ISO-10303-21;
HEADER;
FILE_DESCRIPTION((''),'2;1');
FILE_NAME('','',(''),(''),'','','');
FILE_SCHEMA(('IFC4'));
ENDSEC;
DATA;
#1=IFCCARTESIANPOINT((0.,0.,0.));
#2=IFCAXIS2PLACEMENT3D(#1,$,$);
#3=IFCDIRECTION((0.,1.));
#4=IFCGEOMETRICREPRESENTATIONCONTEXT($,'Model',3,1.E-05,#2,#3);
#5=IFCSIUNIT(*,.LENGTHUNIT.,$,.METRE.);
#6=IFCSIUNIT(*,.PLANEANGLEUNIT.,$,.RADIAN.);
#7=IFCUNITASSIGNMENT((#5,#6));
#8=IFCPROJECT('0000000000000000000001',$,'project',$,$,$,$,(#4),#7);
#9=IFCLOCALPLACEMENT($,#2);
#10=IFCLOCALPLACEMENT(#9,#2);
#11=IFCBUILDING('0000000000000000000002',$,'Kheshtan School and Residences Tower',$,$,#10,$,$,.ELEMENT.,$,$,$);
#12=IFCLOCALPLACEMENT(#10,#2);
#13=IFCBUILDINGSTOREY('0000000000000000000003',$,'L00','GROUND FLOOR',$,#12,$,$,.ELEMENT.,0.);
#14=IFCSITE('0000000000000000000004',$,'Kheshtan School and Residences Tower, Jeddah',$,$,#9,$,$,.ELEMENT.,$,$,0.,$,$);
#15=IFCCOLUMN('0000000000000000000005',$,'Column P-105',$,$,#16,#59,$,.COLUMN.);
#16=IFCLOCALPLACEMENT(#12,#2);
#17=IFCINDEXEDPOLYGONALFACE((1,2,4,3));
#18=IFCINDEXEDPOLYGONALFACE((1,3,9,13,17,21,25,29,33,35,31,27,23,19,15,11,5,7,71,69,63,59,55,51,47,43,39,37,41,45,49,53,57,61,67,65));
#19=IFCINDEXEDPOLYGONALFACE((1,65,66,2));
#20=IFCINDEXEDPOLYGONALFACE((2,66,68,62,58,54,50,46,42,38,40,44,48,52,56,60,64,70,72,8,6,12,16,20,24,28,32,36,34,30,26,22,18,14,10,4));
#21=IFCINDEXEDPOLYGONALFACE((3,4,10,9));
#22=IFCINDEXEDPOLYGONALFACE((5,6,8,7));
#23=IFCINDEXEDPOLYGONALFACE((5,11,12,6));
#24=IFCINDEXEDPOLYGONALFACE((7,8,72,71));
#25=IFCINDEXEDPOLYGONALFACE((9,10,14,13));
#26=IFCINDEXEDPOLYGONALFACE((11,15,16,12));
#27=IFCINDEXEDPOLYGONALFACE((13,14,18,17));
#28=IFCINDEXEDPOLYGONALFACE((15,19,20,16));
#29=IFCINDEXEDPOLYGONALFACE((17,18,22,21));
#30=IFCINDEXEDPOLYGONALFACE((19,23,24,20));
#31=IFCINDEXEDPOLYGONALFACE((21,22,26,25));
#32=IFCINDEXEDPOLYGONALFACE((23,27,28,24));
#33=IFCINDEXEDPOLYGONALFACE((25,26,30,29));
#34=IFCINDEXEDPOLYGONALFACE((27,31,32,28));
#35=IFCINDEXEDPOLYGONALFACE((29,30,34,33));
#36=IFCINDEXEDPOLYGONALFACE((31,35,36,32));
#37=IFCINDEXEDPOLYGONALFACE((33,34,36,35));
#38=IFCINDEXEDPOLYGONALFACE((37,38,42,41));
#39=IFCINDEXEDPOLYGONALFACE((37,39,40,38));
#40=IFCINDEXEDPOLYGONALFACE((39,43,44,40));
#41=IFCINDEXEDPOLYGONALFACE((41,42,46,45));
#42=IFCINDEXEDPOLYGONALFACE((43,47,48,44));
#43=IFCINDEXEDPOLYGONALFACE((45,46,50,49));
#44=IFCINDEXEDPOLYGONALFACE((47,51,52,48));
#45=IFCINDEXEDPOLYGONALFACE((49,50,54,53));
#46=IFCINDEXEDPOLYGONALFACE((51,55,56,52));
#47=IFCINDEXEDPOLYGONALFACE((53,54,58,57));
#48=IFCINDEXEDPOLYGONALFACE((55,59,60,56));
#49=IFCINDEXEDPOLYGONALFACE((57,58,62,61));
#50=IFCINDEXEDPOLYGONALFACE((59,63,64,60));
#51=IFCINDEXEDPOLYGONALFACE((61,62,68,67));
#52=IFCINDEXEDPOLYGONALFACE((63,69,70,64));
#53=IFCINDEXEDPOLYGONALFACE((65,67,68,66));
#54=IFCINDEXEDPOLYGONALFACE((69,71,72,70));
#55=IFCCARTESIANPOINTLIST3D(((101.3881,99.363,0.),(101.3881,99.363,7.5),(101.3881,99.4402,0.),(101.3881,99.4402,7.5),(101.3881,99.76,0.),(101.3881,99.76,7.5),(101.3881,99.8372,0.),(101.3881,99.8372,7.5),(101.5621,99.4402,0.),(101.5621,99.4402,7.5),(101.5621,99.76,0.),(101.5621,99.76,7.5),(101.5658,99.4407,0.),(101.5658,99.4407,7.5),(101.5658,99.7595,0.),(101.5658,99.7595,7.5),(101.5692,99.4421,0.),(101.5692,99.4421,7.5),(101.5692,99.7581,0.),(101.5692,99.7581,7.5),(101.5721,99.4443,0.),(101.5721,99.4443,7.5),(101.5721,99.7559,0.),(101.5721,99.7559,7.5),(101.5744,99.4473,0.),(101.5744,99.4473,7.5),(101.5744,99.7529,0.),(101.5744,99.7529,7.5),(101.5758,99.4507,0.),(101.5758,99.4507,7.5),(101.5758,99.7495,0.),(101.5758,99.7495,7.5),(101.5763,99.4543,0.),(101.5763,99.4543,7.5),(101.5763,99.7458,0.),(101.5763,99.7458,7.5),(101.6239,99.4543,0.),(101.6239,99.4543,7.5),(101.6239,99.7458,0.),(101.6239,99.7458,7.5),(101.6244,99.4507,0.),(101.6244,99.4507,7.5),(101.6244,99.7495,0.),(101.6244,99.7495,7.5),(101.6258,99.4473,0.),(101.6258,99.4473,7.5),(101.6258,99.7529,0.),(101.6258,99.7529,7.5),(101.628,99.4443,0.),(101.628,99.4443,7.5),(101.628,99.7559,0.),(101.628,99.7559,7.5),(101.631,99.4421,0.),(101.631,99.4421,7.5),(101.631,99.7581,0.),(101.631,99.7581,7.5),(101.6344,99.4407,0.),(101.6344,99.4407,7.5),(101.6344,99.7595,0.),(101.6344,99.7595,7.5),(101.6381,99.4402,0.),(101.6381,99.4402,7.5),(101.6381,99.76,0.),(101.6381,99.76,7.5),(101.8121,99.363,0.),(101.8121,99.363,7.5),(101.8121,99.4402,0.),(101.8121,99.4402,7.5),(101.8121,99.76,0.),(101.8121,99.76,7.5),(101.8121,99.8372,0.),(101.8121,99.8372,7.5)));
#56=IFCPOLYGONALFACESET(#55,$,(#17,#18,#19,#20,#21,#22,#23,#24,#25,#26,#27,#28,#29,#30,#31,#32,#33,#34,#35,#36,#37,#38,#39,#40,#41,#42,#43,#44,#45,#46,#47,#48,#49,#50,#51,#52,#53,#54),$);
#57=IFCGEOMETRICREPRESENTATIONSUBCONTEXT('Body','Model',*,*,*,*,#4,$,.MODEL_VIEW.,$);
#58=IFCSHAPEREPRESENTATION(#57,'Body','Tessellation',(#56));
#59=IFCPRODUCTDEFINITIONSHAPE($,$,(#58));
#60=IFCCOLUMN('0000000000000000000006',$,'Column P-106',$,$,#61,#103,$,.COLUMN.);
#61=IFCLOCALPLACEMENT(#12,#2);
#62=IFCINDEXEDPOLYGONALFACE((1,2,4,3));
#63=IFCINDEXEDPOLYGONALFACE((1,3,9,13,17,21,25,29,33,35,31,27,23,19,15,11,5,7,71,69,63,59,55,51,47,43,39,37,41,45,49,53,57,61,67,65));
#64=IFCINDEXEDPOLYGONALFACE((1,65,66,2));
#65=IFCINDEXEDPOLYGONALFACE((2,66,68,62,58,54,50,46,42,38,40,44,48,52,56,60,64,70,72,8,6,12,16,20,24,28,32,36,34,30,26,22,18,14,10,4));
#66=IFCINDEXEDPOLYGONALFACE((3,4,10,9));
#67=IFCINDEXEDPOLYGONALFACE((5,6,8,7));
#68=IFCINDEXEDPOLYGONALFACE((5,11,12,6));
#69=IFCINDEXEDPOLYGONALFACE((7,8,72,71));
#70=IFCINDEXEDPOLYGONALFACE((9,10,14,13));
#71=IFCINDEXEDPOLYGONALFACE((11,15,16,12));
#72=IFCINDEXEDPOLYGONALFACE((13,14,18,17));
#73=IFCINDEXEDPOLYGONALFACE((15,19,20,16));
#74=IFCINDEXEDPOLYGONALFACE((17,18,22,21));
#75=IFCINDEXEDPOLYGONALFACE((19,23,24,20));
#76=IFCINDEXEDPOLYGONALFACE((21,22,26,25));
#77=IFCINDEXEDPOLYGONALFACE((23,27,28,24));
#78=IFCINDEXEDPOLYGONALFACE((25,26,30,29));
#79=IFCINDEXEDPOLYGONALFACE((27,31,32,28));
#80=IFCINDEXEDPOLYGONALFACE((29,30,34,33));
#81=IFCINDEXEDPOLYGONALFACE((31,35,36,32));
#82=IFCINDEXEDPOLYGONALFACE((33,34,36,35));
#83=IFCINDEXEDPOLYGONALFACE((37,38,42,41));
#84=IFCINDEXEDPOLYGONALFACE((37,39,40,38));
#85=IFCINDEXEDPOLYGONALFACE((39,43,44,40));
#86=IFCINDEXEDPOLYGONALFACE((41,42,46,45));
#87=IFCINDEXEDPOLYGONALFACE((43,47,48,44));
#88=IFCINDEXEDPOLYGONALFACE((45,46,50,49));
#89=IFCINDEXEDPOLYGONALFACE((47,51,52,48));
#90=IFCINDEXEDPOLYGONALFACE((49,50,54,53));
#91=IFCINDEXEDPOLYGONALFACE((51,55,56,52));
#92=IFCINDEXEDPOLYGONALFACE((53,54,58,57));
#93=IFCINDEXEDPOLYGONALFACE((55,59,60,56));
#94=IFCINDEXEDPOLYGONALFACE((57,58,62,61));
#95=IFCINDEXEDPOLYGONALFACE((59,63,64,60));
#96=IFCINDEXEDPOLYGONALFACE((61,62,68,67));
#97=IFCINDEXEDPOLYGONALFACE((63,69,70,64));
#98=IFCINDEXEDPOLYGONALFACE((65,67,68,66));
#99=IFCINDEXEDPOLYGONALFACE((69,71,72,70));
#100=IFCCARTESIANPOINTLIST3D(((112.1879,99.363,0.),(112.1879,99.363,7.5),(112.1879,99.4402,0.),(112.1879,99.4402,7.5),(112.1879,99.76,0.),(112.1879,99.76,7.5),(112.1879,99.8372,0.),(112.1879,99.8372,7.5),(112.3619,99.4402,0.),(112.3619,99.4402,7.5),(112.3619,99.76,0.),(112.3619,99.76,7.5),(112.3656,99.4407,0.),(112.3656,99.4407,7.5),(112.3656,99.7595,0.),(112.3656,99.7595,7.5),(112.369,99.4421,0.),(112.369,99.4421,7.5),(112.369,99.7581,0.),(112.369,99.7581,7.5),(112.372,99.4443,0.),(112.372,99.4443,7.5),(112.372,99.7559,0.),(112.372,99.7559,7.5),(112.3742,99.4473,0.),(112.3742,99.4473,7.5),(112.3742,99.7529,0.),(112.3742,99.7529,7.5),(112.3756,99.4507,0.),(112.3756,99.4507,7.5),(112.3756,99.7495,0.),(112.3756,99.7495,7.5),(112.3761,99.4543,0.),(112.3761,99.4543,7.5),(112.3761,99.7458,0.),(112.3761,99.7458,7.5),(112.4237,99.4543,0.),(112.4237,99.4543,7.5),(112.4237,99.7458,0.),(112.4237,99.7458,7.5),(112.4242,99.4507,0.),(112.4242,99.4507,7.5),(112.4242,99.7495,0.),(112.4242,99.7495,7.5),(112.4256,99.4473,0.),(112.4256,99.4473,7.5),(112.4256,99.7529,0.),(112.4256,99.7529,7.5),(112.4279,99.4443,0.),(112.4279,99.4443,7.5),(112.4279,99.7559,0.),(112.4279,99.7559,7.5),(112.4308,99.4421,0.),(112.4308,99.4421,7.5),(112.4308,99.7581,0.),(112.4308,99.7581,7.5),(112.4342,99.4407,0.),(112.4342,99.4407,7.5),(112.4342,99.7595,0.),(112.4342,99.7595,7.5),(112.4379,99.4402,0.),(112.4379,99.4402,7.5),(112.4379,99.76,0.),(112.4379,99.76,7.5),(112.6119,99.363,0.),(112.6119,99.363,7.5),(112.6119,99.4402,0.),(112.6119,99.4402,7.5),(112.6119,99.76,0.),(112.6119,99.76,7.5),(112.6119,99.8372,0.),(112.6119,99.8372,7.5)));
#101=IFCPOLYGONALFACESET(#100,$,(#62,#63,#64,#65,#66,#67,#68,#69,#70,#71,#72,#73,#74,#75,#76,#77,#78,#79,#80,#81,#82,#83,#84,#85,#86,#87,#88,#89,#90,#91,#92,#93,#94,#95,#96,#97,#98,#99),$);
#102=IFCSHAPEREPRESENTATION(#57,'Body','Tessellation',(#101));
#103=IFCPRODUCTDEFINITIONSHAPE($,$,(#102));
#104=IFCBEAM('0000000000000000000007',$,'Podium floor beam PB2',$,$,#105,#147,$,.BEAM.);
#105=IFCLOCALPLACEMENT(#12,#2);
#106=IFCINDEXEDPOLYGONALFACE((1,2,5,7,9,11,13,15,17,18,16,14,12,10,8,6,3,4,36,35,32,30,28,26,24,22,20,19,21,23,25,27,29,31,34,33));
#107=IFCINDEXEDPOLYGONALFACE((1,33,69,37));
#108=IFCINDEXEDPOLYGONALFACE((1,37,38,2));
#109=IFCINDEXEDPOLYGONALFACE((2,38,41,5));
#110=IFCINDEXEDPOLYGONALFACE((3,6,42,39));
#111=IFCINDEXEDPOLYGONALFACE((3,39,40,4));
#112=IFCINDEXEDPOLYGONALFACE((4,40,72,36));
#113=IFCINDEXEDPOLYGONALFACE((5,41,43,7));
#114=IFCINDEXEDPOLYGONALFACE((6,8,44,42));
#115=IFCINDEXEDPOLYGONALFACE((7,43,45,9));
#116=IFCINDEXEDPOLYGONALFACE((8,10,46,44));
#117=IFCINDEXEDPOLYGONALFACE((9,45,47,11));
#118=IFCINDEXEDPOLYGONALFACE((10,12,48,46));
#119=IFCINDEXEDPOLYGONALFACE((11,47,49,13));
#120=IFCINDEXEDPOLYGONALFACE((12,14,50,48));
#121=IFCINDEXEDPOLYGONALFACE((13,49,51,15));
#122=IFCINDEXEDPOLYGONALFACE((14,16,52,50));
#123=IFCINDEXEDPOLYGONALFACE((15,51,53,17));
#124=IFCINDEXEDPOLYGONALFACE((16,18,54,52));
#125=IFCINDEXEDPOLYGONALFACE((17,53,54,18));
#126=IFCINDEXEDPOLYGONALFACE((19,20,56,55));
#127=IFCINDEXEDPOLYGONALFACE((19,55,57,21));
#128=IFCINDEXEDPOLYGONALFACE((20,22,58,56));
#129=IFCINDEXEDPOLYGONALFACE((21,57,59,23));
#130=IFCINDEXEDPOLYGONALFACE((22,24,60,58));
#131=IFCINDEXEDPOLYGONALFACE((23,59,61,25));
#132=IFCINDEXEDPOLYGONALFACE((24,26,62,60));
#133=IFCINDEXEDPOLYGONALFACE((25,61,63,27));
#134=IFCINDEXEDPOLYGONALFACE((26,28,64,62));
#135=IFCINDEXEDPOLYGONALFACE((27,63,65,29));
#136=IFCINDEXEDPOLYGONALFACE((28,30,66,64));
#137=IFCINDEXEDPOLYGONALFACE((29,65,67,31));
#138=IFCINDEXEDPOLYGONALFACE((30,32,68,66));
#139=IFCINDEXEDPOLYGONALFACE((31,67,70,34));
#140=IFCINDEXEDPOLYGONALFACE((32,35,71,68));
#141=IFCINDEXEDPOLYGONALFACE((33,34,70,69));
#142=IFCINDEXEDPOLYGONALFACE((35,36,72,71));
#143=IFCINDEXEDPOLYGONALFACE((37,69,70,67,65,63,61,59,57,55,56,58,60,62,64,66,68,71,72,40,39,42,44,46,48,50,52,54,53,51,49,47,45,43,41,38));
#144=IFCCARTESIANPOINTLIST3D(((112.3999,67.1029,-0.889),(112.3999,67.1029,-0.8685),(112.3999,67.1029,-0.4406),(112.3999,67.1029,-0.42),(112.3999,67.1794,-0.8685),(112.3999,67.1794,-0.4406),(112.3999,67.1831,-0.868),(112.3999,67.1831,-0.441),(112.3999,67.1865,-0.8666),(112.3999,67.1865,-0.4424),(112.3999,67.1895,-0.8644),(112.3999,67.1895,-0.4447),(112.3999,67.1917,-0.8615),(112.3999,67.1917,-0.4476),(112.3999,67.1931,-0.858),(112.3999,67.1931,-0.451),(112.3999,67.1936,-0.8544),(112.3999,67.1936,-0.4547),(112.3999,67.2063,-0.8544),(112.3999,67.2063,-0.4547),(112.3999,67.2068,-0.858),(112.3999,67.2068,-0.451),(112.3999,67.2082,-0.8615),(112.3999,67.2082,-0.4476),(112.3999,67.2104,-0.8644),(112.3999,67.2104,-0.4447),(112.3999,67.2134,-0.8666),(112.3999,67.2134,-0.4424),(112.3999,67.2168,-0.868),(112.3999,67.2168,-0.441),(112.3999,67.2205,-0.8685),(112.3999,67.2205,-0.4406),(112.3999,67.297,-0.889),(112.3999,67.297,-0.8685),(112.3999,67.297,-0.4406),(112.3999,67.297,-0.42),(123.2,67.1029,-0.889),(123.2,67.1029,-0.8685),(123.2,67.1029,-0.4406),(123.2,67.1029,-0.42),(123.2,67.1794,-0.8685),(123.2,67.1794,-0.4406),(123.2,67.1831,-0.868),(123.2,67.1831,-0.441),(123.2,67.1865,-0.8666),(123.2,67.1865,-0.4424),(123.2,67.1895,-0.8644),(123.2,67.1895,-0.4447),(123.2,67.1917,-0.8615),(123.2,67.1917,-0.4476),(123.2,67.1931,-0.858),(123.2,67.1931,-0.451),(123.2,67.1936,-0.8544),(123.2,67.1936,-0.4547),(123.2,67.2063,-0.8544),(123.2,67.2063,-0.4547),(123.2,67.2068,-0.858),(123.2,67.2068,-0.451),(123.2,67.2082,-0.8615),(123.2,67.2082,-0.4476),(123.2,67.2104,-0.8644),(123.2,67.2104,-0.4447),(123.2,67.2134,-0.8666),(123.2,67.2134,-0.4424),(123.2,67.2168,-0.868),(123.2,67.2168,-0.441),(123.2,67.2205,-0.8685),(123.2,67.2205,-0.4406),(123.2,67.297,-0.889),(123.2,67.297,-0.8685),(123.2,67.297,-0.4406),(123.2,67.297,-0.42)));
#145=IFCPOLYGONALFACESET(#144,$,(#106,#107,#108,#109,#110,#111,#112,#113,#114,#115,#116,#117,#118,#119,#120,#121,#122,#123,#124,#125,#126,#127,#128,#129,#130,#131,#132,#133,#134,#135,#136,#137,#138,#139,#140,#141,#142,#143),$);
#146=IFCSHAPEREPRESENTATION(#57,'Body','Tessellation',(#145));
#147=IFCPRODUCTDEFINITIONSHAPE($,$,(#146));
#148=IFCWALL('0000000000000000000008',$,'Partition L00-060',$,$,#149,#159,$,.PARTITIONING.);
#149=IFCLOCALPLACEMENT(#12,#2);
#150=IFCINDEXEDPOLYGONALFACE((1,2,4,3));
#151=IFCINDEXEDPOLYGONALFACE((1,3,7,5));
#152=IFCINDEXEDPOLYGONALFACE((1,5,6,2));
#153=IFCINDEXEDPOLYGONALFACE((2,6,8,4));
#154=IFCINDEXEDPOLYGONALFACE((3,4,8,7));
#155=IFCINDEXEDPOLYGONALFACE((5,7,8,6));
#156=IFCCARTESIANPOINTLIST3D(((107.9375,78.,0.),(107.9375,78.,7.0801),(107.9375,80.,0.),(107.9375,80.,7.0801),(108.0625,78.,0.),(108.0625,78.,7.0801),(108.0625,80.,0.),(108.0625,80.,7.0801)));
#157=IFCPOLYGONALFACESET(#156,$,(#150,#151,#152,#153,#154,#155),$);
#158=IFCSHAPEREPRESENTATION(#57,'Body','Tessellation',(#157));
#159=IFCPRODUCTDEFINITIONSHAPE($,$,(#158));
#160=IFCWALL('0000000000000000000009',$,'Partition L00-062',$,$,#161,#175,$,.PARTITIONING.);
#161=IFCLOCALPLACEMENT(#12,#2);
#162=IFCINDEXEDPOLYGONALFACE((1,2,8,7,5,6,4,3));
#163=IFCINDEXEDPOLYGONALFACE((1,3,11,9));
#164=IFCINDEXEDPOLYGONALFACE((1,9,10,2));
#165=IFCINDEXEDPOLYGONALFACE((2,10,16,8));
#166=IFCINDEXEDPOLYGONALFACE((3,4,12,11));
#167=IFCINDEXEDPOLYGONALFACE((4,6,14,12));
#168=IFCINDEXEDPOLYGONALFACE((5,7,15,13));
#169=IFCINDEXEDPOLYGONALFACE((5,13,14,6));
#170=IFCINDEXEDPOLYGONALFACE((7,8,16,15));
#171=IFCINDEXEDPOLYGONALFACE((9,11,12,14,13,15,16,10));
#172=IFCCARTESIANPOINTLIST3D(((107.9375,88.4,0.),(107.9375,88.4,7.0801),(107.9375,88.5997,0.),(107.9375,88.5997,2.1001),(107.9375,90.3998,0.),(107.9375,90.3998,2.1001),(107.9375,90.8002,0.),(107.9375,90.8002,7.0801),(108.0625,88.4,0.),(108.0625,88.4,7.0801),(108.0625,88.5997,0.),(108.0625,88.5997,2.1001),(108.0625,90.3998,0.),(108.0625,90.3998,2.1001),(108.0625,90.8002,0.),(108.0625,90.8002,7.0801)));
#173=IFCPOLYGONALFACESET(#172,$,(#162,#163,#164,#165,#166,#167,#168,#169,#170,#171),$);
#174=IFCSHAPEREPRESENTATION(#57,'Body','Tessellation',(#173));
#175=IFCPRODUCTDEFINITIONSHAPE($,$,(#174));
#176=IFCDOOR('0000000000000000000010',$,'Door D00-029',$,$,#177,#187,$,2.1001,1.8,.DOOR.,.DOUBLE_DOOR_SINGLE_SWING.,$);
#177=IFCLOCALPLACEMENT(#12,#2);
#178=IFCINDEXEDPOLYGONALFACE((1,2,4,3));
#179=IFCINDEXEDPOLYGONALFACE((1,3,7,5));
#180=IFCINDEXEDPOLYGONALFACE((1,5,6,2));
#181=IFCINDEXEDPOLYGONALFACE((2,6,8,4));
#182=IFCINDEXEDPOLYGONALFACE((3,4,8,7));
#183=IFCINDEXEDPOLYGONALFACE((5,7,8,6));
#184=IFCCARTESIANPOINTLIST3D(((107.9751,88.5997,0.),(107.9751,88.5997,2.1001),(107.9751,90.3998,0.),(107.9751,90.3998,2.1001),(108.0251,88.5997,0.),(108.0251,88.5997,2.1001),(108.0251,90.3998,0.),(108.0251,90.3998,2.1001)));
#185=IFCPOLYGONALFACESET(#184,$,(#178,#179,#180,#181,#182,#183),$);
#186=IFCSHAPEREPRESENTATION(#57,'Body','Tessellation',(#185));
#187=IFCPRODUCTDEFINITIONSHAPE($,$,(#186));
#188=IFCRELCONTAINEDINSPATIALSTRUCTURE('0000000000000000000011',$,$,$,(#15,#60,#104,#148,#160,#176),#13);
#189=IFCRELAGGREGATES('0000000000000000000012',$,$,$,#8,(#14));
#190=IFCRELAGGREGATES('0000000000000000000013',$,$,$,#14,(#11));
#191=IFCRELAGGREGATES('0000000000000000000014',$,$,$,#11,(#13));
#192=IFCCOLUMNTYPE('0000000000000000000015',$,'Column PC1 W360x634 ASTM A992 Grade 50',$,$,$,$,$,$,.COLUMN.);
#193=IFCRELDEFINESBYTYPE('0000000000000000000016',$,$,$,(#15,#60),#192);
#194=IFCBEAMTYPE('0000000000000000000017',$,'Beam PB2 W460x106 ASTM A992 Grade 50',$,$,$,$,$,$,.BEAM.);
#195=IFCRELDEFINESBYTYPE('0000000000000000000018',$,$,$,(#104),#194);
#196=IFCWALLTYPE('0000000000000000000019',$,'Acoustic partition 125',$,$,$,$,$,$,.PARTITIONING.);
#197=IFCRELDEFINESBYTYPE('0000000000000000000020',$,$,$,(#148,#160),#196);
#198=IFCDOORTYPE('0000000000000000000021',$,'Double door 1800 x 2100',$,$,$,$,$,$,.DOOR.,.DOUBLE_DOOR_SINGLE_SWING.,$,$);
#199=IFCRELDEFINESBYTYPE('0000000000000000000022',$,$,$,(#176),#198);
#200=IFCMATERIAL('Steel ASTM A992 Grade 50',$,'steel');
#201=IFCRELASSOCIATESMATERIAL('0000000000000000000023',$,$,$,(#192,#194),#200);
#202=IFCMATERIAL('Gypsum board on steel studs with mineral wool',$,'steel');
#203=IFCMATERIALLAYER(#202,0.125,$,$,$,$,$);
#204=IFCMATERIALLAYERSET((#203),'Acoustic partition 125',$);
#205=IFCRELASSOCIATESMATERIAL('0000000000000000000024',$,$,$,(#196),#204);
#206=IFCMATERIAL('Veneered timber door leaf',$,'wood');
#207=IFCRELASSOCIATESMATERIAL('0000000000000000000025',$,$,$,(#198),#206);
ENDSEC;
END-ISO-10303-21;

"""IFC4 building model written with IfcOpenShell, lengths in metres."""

from ifc_helpers import new_model, si_unit, direction, frame, frame_2d, origin, origin_2d, place, context, subcontext, project, spatial, rectangle, i_section, extrude, source, transform, mapped, material, layer, layer_set, material_profile, profile_set, type_object, element, fill, save


model = new_model("IFC4")

# Units and contexts
model_context = context("Model", 3, precision=1e-05, world=origin(), true_north=direction((0.0, 1.0)))
body_context = subcontext(model_context, "Body", "Model", "MODEL_VIEW")
ifc_project = project(units=[si_unit("LENGTHUNIT", "METRE"), si_unit("PLANEANGLEUNIT", "RADIAN")], contexts=[model_context])

# Site, building, storey
site_placement = place(None, origin())
site = spatial("IfcSite", under=ifc_project, at=site_placement, Name="Kheshtan School and Residences Tower, Jeddah", CompositionType="ELEMENT", RefElevation=0.0)
building_placement = place(site_placement, origin())
building = spatial("IfcBuilding", under=site, at=building_placement, Name="Kheshtan School and Residences Tower", CompositionType="ELEMENT")
storey_placement = place(building_placement, origin())
storey = spatial("IfcBuildingStorey", under=building, at=storey_placement, Name="L00", Description="GROUND FLOOR", CompositionType="ELEMENT", Elevation=0.0)

# Columns
ifc_material_1 = material(Name="Steel ASTM A992 Grade 50", Category="steel")
ifc_material_profile_1 = material_profile(ifc_material_1, i_section(OverallWidth=0.4241, OverallDepth=0.4741, WebThickness=0.0476, FlangeThickness=0.0771, FilletRadius=0.0142, at=origin_2d()), Name="W360x634")
ifc_profile_set_1 = profile_set([ifc_material_profile_1], Name="Steel ASTM A992 Grade 50")
column_type = type_object("IfcColumnType", Name="Column PC1 W360x634 ASTM A992 Grade 50", PredefinedType="COLUMN", material=ifc_profile_set_1)
for number, where, z_axis, x_axis, name in (
    (1, (101.6001, 99.6001, 0.0), (0.0, 0.0, 1.0), (1.0, 0.0, 0.0), "Column P-105"),
    (2, (112.3999, 99.6001, 0.0), (0.0, 0.0, 1.0), (1.0, 0.0, 0.0), "Column P-106"),
):
    element("IfcColumn", number, at=place(storey_placement, frame(where, z_axis=z_axis, x_axis=x_axis)), inside=storey, type_object=column_type, Name=name, PredefinedType="COLUMN", context=body_context, shape_type="SweptSolid", body=[
        extrude(i_section(OverallWidth=0.4241, OverallDepth=0.4741, WebThickness=0.0476, FlangeThickness=0.0771, FilletRadius=0.0142, at=origin_2d()), origin(), (0.0, 0.0, 1.0), 7.5),
    ])

# Beam
ifc_material_profile_2 = material_profile(ifc_material_1, i_section(OverallWidth=0.1941, OverallDepth=0.469, WebThickness=0.0127, FlangeThickness=0.0205, FilletRadius=0.0142, at=origin_2d()), Name="W460x106")
ifc_profile_set_2 = profile_set([ifc_material_profile_2], Name="Steel ASTM A992 Grade 50")
beam_type = type_object("IfcBeamType", Name="Beam PB2 W460x106 ASTM A992 Grade 50", PredefinedType="BEAM", material=ifc_profile_set_2)
beam_placement = place(storey_placement, frame((112.3999, 67.2, -0.6545), z_axis=(1.0, 0.0, 0.0), x_axis=(0.0, 1.0, 0.0)))
element("IfcBeam", 3, at=beam_placement, inside=storey, type_object=beam_type, Name="Podium floor beam PB2", PredefinedType="BEAM", context=body_context, shape_type="SweptSolid", body=[
    extrude(i_section(OverallWidth=0.1941, OverallDepth=0.469, WebThickness=0.0127, FlangeThickness=0.0205, FilletRadius=0.0142, at=origin_2d()), origin(), (0.0, 0.0, 1.0), 10.8),
])

# Wall
ifc_material_2 = material(Name="Gypsum board on steel studs with mineral wool", Category="steel")
ifc_layer_1 = layer(ifc_material_2, 0.125)
ifc_layer_set_1 = layer_set([ifc_layer_1], Name="Acoustic partition 125")
wall_type_1 = type_object("IfcWallType", Name="Acoustic partition 125", PredefinedType="PARTITIONING", material=ifc_layer_set_1)
wall_1_placement = place(storey_placement, frame((108.0, 78.0, 0.0), z_axis=(0.0, 0.0, 1.0), x_axis=(0.0, 1.0, 0.0)))
element("IfcWall", 4, at=wall_1_placement, inside=storey, type_object=wall_type_1, Name="Partition L00-060", PredefinedType="PARTITIONING", context=body_context, shape_type="SweptSolid", body=[
    extrude(rectangle(XDim=2.0, YDim=0.125, at=frame_2d((1.0, 0.0))), origin(), (0.0, 0.0, 1.0), 7.0801),
])

# Wall, opening, door
wall_2_placement = place(storey_placement, frame((108.0, 88.3999, 0.0), z_axis=(0.0, 0.0, 1.0), x_axis=(0.0, 1.0, 0.0)))
wall_2 = element("IfcWall", 5, at=wall_2_placement, inside=storey, type_object=wall_type_1, Name="Partition L00-062", PredefinedType="PARTITIONING", context=body_context, shape_type="SweptSolid", body=[
    extrude(rectangle(XDim=2.4001, YDim=0.125, at=frame_2d((1.2002, 0.0))), origin(), (0.0, 0.0, 1.0), 7.0801),
])
opening_1_placement = place(wall_2_placement, frame((0.2, 0.0, 0.0)))
opening_1 = element("IfcOpeningElement", 6, at=opening_1_placement, cuts=wall_2, PredefinedType="OPENING", context=body_context, shape_type="SweptSolid", body=[
    extrude(rectangle(XDim=1.8, YDim=2.1001, at=frame_2d((0.8999, 1.05))), frame((0.0, 0.0725, 0.0), z_axis=(0.0, -1.0, 0.0), x_axis=(1.0, 0.0, 0.0)), (0.0, 0.0, 1.0), 0.145),
])
ifc_material_3 = material(Name="Veneered timber door leaf", Category="wood")
door_type_1 = type_object("IfcDoorType", Name="Double door 1800 x 2100", OperationType="DOUBLE_DOOR_SINGLE_SWING", PredefinedType="DOOR", material=ifc_material_3)
shared_shape_1 = source(origin(), body_context, "Body", "SweptSolid", [
    extrude(rectangle(XDim=1.8, YDim=2.1001, at=frame_2d((0.8999, 1.05))), frame((0.0, 0.0249, 0.0), z_axis=(0.0, -1.0, 0.0), x_axis=(1.0, 0.0, 0.0)), (0.0, 0.0, 1.0), 0.05),
])
door_1_placement = place(opening_1_placement, origin())
door_1 = element("IfcDoor", 7, at=door_1_placement, inside=storey, type_object=door_type_1, Name="Door D00-029", OperationType="DOUBLE_DOOR_SINGLE_SWING", OverallHeight=2.1001, OverallWidth=1.8, PredefinedType="DOOR", context=body_context, shape_type="MappedRepresentation", body=[
    mapped(shared_shape_1, transform((0.0, 0.0, 0.0), x_axis=(1.0, 0.0, 0.0), y_axis=(0.0, 1.0, 0.0), z_axis=(0.0, 0.0, 1.0), scale=1.0)),
])
fill(opening_1, door_1)

save(model, "model.ifc")
